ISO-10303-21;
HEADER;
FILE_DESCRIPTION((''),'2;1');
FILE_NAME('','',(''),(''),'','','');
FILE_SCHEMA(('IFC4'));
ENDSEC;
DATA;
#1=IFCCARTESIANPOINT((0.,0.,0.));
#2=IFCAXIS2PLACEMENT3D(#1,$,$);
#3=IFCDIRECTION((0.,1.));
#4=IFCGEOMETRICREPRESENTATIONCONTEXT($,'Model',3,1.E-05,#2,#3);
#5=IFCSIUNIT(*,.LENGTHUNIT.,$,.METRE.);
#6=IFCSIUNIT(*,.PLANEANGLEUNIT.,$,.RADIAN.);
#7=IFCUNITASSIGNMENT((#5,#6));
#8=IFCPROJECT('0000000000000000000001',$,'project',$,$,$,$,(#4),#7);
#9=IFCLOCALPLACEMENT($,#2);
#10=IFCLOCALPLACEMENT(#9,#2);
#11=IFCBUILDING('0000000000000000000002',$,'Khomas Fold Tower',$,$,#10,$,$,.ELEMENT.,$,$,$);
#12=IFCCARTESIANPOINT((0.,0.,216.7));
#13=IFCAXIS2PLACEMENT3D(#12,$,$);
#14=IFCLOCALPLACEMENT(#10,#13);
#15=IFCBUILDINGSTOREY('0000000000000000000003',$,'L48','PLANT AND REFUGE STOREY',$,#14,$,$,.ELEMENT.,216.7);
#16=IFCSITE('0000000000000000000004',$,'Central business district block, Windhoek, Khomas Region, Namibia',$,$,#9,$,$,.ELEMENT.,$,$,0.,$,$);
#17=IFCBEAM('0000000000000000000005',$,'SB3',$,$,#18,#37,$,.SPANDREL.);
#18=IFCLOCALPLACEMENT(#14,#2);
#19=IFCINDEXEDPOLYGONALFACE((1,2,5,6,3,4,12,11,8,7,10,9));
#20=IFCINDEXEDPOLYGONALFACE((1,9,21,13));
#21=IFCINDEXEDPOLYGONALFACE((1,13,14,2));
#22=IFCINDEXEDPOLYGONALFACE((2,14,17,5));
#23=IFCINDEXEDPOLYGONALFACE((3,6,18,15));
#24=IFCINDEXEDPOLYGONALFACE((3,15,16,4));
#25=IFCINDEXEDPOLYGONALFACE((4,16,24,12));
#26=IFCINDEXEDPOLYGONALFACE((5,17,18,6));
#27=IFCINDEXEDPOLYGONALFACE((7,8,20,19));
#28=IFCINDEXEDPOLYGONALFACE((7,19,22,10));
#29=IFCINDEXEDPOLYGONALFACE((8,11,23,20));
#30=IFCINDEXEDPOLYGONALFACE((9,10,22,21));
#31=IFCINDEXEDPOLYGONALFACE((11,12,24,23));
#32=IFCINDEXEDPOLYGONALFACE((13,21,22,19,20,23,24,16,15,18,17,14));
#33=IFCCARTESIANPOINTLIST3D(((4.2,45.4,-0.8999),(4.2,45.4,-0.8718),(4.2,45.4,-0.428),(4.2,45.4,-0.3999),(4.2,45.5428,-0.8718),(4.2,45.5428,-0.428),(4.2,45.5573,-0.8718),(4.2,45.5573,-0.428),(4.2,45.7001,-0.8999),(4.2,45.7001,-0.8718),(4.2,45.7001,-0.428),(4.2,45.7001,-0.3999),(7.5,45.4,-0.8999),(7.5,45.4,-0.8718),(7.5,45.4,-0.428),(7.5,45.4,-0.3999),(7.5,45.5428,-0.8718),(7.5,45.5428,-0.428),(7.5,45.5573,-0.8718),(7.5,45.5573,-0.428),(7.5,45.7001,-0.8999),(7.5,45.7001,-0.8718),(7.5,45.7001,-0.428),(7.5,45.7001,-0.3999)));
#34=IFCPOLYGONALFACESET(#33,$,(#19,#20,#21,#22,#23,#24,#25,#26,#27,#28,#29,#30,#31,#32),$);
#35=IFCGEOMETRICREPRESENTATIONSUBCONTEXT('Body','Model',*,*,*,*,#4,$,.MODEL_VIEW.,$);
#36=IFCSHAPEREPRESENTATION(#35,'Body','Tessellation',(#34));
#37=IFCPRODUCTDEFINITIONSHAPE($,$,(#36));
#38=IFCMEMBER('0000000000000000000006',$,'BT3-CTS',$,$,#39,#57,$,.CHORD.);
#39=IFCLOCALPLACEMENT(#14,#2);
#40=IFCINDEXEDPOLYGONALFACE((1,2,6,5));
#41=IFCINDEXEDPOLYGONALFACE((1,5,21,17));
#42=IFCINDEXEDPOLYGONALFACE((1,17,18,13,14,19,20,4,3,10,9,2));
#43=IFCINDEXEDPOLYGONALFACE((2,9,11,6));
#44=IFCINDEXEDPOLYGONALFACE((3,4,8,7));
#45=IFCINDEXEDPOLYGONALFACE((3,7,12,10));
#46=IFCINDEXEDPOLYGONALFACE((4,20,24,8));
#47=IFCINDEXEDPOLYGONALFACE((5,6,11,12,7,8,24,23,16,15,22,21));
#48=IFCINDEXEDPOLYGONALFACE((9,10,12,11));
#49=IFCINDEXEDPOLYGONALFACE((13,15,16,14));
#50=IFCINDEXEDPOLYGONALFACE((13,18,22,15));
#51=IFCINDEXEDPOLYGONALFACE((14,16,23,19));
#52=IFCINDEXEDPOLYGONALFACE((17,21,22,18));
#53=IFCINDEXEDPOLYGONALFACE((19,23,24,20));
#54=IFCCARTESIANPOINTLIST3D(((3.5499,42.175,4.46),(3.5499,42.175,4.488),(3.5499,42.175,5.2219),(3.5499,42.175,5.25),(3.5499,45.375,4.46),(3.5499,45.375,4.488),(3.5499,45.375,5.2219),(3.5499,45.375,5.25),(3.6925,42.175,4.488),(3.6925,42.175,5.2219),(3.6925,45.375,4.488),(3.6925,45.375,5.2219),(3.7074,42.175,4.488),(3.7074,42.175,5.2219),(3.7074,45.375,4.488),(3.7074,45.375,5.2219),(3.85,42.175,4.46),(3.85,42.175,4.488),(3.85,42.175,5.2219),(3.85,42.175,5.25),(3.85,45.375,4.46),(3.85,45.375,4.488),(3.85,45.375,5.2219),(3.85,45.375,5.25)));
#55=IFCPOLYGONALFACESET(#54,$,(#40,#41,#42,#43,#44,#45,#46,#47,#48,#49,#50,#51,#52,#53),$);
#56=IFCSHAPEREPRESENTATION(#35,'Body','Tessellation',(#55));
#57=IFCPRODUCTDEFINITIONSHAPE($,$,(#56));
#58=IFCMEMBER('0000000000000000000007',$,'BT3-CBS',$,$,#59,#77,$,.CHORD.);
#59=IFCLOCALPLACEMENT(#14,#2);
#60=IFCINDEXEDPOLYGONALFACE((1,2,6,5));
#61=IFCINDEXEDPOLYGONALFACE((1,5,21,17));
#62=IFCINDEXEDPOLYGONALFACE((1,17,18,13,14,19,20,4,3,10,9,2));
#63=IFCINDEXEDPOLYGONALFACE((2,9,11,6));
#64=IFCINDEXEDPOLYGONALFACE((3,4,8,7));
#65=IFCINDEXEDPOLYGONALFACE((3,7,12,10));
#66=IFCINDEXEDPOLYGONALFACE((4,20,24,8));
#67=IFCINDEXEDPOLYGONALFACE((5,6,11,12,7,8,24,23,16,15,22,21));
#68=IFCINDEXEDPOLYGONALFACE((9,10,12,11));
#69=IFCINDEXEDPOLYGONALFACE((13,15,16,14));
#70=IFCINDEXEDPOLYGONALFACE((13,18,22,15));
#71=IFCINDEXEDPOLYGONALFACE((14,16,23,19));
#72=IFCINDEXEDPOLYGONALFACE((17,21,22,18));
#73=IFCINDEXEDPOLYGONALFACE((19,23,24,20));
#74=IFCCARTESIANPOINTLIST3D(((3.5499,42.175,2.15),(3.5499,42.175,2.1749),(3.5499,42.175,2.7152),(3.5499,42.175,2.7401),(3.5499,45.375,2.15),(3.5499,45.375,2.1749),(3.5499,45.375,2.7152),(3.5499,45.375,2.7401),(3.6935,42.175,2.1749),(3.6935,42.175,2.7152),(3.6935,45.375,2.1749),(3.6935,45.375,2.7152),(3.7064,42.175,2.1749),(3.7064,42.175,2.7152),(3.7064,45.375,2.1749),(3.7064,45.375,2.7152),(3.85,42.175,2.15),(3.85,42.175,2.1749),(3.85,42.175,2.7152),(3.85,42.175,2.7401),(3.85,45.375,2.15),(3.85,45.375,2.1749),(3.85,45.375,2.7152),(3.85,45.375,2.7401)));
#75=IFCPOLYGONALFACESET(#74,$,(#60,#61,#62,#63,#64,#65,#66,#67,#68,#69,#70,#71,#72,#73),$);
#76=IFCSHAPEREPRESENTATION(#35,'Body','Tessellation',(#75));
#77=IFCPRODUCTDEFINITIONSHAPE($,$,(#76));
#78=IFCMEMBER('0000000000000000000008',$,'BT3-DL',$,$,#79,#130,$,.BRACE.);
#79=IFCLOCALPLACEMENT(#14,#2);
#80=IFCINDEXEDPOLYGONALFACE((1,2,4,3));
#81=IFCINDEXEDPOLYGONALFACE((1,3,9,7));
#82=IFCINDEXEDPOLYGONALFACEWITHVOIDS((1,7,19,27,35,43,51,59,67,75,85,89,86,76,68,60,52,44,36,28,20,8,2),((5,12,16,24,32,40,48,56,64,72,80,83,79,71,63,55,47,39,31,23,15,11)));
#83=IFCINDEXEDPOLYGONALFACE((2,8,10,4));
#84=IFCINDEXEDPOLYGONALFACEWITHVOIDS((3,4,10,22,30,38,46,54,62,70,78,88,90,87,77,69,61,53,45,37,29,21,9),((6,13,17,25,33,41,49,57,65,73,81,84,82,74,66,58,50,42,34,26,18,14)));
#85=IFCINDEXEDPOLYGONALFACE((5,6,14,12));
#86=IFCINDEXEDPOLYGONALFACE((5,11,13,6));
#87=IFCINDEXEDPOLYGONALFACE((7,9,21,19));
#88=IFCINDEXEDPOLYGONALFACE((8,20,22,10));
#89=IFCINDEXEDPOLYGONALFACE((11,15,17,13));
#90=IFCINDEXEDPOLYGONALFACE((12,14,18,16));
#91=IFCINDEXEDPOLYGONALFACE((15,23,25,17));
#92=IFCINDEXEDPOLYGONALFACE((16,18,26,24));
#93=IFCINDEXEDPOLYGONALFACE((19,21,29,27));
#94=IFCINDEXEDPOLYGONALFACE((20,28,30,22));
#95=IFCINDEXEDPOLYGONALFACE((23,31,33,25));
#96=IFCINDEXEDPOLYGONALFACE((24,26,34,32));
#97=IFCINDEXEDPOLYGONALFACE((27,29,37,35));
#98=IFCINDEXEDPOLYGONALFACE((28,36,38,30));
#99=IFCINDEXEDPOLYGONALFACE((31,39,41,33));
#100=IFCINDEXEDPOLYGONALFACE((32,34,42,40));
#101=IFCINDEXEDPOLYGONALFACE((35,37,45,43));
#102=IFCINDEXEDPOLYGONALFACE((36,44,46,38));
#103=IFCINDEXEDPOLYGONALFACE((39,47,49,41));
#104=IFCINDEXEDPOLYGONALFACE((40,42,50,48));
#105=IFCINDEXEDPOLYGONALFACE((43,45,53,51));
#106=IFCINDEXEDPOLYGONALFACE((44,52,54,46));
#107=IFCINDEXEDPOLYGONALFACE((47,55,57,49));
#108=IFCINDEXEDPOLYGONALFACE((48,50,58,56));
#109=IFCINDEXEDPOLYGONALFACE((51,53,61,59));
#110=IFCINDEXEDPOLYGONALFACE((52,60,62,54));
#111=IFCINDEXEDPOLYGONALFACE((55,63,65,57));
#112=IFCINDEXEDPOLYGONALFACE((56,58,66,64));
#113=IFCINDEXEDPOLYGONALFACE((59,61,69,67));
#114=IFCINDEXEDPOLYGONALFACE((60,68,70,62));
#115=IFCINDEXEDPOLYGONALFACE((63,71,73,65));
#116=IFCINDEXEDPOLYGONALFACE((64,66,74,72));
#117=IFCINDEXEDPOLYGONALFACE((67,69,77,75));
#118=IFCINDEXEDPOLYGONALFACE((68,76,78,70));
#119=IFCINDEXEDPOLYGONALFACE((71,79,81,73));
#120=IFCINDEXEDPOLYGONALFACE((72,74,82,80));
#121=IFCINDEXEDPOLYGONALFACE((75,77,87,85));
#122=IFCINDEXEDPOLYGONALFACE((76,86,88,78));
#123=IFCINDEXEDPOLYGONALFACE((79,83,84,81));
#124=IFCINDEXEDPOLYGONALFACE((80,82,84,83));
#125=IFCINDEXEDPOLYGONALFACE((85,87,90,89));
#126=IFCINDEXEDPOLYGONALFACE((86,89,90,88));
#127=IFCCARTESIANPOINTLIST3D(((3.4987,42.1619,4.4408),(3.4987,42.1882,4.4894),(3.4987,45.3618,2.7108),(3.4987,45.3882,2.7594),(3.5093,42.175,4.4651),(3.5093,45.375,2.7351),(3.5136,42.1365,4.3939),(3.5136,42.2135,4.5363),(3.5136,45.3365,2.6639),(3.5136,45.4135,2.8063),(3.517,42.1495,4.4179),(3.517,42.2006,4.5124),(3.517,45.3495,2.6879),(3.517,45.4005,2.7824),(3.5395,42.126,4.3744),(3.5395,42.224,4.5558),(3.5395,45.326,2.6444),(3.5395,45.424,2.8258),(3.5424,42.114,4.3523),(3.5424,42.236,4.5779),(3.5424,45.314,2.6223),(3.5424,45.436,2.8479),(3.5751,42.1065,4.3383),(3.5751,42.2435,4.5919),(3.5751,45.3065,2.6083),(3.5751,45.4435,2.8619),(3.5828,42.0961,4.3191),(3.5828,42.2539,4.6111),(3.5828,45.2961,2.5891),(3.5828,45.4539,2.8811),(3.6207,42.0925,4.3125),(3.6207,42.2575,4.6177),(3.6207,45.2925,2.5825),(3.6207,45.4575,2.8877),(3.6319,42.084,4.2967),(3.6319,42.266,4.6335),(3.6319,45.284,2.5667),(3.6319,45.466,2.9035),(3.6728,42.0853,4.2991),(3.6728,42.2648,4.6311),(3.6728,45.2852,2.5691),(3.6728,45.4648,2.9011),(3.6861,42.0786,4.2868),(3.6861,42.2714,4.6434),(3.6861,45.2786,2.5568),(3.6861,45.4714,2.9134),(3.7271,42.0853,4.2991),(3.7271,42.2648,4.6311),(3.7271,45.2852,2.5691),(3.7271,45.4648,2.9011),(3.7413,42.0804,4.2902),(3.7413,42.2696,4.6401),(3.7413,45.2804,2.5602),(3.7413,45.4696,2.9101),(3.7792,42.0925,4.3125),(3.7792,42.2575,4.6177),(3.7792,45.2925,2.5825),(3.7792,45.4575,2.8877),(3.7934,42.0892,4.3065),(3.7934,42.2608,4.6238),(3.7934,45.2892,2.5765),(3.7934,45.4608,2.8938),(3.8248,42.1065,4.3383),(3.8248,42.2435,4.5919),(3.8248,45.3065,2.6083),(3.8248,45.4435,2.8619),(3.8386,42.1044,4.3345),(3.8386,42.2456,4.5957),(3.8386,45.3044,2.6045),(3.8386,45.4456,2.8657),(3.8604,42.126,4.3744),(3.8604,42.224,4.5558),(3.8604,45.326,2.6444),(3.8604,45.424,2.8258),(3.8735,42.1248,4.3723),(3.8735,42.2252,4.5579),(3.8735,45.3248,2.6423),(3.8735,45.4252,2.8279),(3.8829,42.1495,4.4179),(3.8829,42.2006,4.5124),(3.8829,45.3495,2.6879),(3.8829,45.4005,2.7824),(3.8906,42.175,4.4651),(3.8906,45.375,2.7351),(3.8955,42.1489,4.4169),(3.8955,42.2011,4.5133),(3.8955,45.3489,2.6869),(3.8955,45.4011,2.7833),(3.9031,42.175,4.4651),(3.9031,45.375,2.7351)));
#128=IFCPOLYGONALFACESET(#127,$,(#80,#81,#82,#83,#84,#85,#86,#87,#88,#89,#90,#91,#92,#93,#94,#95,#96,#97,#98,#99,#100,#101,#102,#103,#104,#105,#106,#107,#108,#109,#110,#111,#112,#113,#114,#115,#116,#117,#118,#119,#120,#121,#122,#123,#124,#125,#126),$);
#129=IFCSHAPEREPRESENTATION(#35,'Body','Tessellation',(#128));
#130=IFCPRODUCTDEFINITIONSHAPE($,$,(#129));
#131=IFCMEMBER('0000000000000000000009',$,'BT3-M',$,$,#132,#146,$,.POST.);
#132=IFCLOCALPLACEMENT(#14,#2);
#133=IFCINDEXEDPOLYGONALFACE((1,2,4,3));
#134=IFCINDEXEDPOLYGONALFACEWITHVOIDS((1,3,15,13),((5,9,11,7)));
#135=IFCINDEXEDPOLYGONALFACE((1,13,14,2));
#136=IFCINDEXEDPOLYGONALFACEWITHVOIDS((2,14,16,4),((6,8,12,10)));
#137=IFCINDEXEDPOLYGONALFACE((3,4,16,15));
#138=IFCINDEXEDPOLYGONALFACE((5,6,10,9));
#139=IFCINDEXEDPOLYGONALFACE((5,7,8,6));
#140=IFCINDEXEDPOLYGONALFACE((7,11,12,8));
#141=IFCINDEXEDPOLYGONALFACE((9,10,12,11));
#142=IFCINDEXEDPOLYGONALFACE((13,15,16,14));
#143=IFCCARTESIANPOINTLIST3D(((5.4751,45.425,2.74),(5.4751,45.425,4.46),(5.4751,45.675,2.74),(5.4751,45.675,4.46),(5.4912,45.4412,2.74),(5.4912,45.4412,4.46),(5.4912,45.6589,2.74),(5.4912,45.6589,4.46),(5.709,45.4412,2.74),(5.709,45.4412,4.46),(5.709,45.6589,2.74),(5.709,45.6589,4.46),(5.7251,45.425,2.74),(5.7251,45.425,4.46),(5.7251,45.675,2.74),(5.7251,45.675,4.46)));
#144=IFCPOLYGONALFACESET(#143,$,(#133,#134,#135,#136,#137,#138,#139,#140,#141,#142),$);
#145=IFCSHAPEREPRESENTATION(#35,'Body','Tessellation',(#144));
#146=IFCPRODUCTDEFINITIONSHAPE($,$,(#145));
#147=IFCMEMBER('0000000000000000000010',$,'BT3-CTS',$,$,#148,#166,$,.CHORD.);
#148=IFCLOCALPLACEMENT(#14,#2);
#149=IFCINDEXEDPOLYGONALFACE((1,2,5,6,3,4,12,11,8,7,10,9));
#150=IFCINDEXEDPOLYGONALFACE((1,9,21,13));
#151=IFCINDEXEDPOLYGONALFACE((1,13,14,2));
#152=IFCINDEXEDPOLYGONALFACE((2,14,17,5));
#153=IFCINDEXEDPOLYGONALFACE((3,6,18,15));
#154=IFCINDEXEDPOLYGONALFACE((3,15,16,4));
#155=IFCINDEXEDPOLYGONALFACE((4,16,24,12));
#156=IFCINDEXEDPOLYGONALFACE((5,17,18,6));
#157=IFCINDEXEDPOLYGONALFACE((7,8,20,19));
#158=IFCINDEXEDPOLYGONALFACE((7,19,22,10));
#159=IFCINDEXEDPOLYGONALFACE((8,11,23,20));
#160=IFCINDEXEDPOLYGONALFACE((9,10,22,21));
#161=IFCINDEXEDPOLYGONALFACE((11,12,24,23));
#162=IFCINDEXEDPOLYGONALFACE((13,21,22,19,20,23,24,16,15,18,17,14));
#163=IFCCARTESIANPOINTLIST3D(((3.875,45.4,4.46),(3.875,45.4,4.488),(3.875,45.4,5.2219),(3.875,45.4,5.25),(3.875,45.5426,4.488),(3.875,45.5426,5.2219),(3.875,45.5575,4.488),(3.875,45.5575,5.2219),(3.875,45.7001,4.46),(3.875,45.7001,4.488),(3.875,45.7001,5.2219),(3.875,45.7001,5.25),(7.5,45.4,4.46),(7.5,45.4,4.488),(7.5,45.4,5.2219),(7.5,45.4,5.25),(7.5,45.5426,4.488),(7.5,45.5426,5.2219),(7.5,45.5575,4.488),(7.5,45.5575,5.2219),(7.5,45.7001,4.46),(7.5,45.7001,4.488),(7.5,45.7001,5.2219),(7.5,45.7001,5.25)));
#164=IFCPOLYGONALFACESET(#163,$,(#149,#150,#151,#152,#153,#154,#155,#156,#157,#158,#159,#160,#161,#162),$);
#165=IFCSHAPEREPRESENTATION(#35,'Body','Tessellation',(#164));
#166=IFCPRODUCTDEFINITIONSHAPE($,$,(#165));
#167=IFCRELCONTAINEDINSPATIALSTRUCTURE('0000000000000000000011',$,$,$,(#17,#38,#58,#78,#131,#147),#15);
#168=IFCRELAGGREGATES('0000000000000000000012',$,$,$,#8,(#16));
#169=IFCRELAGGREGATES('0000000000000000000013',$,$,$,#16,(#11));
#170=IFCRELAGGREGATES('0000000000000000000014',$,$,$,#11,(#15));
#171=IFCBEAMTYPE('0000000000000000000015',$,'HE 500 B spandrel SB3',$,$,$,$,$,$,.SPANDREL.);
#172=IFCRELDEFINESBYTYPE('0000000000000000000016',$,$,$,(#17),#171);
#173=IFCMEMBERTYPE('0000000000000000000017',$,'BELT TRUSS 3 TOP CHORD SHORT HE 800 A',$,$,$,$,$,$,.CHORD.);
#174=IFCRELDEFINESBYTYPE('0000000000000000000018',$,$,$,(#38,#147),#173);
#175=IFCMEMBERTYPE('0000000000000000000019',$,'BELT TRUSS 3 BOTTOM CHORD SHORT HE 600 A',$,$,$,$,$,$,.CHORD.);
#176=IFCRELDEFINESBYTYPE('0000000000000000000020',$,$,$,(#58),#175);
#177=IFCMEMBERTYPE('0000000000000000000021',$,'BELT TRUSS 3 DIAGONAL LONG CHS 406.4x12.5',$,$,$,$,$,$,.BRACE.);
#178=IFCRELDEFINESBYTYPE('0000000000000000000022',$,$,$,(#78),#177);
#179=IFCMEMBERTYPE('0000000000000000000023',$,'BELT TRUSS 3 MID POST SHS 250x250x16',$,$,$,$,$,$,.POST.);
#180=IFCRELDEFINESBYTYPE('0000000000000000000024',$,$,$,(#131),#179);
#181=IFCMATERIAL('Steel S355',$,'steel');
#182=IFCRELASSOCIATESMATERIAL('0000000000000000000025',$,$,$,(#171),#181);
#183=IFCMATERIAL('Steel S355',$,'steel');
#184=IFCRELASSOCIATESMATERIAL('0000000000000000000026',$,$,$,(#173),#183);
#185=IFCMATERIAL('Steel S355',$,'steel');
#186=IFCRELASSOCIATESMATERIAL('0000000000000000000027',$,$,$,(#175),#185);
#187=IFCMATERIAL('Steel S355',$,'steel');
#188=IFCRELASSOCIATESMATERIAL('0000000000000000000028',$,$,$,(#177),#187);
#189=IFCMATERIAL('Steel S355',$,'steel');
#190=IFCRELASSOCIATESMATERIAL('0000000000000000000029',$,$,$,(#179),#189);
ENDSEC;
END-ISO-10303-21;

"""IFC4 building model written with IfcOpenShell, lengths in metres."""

from ifc_helpers import new_model, si_unit, direction, frame, origin, origin_2d, place, context, subcontext, project, spatial, hollow_rectangle, hollow_circle, i_section, extrude, source, transform, mapped, material, material_profile, profile_set, type_object, element, save


model = new_model("IFC4")

# Units and contexts
model_context = context("Model", 3, precision=1e-05, world=origin(), true_north=direction((0.0, 1.0)))
body_context = subcontext(model_context, "Body", "Model", "MODEL_VIEW")
ifc_project = project(units=[si_unit("LENGTHUNIT", "METRE"), si_unit("PLANEANGLEUNIT", "RADIAN")], contexts=[model_context])

# Site, building, storey
site_placement = place(None, origin())
site = spatial("IfcSite", under=ifc_project, at=site_placement, Name="Central business district block, Windhoek, Khomas Region, Namibia", CompositionType="ELEMENT", RefElevation=0.0)
building_placement = place(site_placement, origin())
building = spatial("IfcBuilding", under=site, at=building_placement, Name="Khomas Fold Tower", CompositionType="ELEMENT")
storey_placement = place(building_placement, frame((0.0, 0.0, 216.7)))
storey = spatial("IfcBuildingStorey", under=building, at=storey_placement, Name="L48", Description="PLANT AND REFUGE STOREY", CompositionType="ELEMENT", Elevation=216.7)

# Beam
ifc_material_1 = material(Name="Steel S355", Category="steel")
ifc_material_profile_1 = material_profile(ifc_material_1, i_section(OverallWidth=0.3, OverallDepth=0.5, WebThickness=0.0144, FlangeThickness=0.0281, at=origin_2d()), Name="HE 500 B")
ifc_profile_set_1 = profile_set([ifc_material_profile_1], Name="Steel S355")
beam_type_1 = type_object("IfcBeamType", Name="HE 500 B spandrel SB3", PredefinedType="SPANDREL", material=ifc_profile_set_1)
shared_shape_1 = source(origin(), body_context, "Body", "SweptSolid", [
    extrude(i_section(OverallWidth=0.3, OverallDepth=0.5, WebThickness=0.0144, FlangeThickness=0.0281, at=origin_2d()), origin(), (0.0, 0.0, 1.0), 3.3),
])
beam_1_placement = place(storey_placement, frame((4.2, 45.55, -0.6499), z_axis=(1.0, 0.0, 0.0), x_axis=(0.0, 1.0, 0.0)))
element("IfcBeam", 1, at=beam_1_placement, inside=storey, type_object=beam_type_1, Name="SB3", PredefinedType="SPANDREL", context=body_context, shape_type="MappedRepresentation", body=[
    mapped(shared_shape_1, transform((0.0, 0.0, 0.0))),
])

# Members
ifc_material_2 = material(Name="Steel S355", Category="steel")
ifc_material_profile_2 = material_profile(ifc_material_2, i_section(OverallWidth=0.3, OverallDepth=0.79, WebThickness=0.0149, FlangeThickness=0.0281, at=origin_2d()), Name="HE 800 A")
ifc_profile_set_2 = profile_set([ifc_material_profile_2], Name="Steel S355")
member_type_1 = type_object("IfcMemberType", Name="BELT TRUSS 3 TOP CHORD SHORT HE 800 A", PredefinedType="CHORD", material=ifc_profile_set_2)
shared_shape_2 = source(origin(), body_context, "Body", "SweptSolid", [
    extrude(i_section(OverallWidth=0.3, OverallDepth=0.79, WebThickness=0.0149, FlangeThickness=0.0281, at=origin_2d()), origin(), (0.0, 0.0, 1.0), 3.2),
])
member_1_placement = place(storey_placement, frame((3.7, 45.375, 4.855), z_axis=(0.0, -1.0, 0.0), x_axis=(1.0, 0.0, 0.0)))
element("IfcMember", 2, at=member_1_placement, inside=storey, type_object=member_type_1, Name="BT3-CTS", PredefinedType="CHORD", context=body_context, shape_type="MappedRepresentation", body=[
    mapped(shared_shape_2, transform((0.0, 0.0, 0.0))),
])
ifc_material_3 = material(Name="Steel S355", Category="steel")
ifc_material_profile_3 = material_profile(ifc_material_3, i_section(OverallWidth=0.3, OverallDepth=0.5901, WebThickness=0.0129, FlangeThickness=0.0249, at=origin_2d()), Name="HE 600 A")
ifc_profile_set_3 = profile_set([ifc_material_profile_3], Name="Steel S355")
member_type_2 = type_object("IfcMemberType", Name="BELT TRUSS 3 BOTTOM CHORD SHORT HE 600 A", PredefinedType="CHORD", material=ifc_profile_set_3)
shared_shape_3 = source(origin(), body_context, "Body", "SweptSolid", [
    extrude(i_section(OverallWidth=0.3, OverallDepth=0.5901, WebThickness=0.0129, FlangeThickness=0.0249, at=origin_2d()), origin(), (0.0, 0.0, 1.0), 3.2),
])
member_2_placement = place(storey_placement, frame((3.7, 45.375, 2.4451), z_axis=(0.0, -1.0, 0.0), x_axis=(1.0, 0.0, 0.0)))
element("IfcMember", 3, at=member_2_placement, inside=storey, type_object=member_type_2, Name="BT3-CBS", PredefinedType="CHORD", context=body_context, shape_type="MappedRepresentation", body=[
    mapped(shared_shape_3, transform((0.0, 0.0, 0.0))),
])
ifc_material_4 = material(Name="Steel S355", Category="steel")
ifc_material_profile_4 = material_profile(ifc_material_4, hollow_circle(Radius=0.2031, WallThickness=0.0125, at=origin_2d()), Name="CHS 406.4x12.5")
ifc_profile_set_4 = profile_set([ifc_material_profile_4], Name="Steel S355")
member_type_3 = type_object("IfcMemberType", Name="BELT TRUSS 3 DIAGONAL LONG CHS 406.4x12.5", PredefinedType="BRACE", material=ifc_profile_set_4)
shared_shape_4 = source(origin(), body_context, "Body", "SweptSolid", [
    extrude(hollow_circle(Radius=0.2031, WallThickness=0.0125, at=origin_2d()), origin(), (0.0, 0.0, 1.0), 3.6377),
])
member_3_placement = place(storey_placement, frame((3.7, 45.375, 2.7351), z_axis=(0.0, -0.879675, 0.475576), x_axis=(1.0, 0.0, 0.0)))
element("IfcMember", 4, at=member_3_placement, inside=storey, type_object=member_type_3, Name="BT3-DL", PredefinedType="BRACE", context=body_context, shape_type="MappedRepresentation", body=[
    mapped(shared_shape_4, transform((0.0, 0.0, 0.0))),
])
ifc_material_5 = material(Name="Steel S355", Category="steel")
ifc_material_profile_5 = material_profile(ifc_material_5, hollow_rectangle(XDim=0.25, YDim=0.25, WallThickness=0.0161, at=origin_2d()), Name="SHS 250x250x16")
ifc_profile_set_5 = profile_set([ifc_material_profile_5], Name="Steel S355")
member_type_4 = type_object("IfcMemberType", Name="BELT TRUSS 3 MID POST SHS 250x250x16", PredefinedType="POST", material=ifc_profile_set_5)
shared_shape_5 = source(origin(), body_context, "Body", "SweptSolid", [
    extrude(hollow_rectangle(XDim=0.25, YDim=0.25, WallThickness=0.0161, at=origin_2d()), origin(), (0.0, 0.0, 1.0), 1.72),
])
member_4_placement = place(storey_placement, frame((5.6001, 45.55, 2.74), z_axis=(0.0, 0.0, 1.0), x_axis=(1.0, 0.0, 0.0)))
element("IfcMember", 5, at=member_4_placement, inside=storey, type_object=member_type_4, Name="BT3-M", PredefinedType="POST", context=body_context, shape_type="MappedRepresentation", body=[
    mapped(shared_shape_5, transform((0.0, 0.0, 0.0))),
])
shared_shape_6 = source(origin(), body_context, "Body", "SweptSolid", [
    extrude(i_section(OverallWidth=0.3, OverallDepth=0.79, WebThickness=0.0149, FlangeThickness=0.0281, at=origin_2d()), origin(), (0.0, 0.0, 1.0), 3.625),
])
member_5_placement = place(storey_placement, frame((3.875, 45.55, 4.855), z_axis=(1.0, 0.0, 0.0), x_axis=(0.0, 1.0, 0.0)))
element("IfcMember", 6, at=member_5_placement, inside=storey, type_object=member_type_1, Name="BT3-CTS", PredefinedType="CHORD", context=body_context, shape_type="MappedRepresentation", body=[
    mapped(shared_shape_6, transform((0.0, 0.0, 0.0))),
])

save(model, "model.ifc")
